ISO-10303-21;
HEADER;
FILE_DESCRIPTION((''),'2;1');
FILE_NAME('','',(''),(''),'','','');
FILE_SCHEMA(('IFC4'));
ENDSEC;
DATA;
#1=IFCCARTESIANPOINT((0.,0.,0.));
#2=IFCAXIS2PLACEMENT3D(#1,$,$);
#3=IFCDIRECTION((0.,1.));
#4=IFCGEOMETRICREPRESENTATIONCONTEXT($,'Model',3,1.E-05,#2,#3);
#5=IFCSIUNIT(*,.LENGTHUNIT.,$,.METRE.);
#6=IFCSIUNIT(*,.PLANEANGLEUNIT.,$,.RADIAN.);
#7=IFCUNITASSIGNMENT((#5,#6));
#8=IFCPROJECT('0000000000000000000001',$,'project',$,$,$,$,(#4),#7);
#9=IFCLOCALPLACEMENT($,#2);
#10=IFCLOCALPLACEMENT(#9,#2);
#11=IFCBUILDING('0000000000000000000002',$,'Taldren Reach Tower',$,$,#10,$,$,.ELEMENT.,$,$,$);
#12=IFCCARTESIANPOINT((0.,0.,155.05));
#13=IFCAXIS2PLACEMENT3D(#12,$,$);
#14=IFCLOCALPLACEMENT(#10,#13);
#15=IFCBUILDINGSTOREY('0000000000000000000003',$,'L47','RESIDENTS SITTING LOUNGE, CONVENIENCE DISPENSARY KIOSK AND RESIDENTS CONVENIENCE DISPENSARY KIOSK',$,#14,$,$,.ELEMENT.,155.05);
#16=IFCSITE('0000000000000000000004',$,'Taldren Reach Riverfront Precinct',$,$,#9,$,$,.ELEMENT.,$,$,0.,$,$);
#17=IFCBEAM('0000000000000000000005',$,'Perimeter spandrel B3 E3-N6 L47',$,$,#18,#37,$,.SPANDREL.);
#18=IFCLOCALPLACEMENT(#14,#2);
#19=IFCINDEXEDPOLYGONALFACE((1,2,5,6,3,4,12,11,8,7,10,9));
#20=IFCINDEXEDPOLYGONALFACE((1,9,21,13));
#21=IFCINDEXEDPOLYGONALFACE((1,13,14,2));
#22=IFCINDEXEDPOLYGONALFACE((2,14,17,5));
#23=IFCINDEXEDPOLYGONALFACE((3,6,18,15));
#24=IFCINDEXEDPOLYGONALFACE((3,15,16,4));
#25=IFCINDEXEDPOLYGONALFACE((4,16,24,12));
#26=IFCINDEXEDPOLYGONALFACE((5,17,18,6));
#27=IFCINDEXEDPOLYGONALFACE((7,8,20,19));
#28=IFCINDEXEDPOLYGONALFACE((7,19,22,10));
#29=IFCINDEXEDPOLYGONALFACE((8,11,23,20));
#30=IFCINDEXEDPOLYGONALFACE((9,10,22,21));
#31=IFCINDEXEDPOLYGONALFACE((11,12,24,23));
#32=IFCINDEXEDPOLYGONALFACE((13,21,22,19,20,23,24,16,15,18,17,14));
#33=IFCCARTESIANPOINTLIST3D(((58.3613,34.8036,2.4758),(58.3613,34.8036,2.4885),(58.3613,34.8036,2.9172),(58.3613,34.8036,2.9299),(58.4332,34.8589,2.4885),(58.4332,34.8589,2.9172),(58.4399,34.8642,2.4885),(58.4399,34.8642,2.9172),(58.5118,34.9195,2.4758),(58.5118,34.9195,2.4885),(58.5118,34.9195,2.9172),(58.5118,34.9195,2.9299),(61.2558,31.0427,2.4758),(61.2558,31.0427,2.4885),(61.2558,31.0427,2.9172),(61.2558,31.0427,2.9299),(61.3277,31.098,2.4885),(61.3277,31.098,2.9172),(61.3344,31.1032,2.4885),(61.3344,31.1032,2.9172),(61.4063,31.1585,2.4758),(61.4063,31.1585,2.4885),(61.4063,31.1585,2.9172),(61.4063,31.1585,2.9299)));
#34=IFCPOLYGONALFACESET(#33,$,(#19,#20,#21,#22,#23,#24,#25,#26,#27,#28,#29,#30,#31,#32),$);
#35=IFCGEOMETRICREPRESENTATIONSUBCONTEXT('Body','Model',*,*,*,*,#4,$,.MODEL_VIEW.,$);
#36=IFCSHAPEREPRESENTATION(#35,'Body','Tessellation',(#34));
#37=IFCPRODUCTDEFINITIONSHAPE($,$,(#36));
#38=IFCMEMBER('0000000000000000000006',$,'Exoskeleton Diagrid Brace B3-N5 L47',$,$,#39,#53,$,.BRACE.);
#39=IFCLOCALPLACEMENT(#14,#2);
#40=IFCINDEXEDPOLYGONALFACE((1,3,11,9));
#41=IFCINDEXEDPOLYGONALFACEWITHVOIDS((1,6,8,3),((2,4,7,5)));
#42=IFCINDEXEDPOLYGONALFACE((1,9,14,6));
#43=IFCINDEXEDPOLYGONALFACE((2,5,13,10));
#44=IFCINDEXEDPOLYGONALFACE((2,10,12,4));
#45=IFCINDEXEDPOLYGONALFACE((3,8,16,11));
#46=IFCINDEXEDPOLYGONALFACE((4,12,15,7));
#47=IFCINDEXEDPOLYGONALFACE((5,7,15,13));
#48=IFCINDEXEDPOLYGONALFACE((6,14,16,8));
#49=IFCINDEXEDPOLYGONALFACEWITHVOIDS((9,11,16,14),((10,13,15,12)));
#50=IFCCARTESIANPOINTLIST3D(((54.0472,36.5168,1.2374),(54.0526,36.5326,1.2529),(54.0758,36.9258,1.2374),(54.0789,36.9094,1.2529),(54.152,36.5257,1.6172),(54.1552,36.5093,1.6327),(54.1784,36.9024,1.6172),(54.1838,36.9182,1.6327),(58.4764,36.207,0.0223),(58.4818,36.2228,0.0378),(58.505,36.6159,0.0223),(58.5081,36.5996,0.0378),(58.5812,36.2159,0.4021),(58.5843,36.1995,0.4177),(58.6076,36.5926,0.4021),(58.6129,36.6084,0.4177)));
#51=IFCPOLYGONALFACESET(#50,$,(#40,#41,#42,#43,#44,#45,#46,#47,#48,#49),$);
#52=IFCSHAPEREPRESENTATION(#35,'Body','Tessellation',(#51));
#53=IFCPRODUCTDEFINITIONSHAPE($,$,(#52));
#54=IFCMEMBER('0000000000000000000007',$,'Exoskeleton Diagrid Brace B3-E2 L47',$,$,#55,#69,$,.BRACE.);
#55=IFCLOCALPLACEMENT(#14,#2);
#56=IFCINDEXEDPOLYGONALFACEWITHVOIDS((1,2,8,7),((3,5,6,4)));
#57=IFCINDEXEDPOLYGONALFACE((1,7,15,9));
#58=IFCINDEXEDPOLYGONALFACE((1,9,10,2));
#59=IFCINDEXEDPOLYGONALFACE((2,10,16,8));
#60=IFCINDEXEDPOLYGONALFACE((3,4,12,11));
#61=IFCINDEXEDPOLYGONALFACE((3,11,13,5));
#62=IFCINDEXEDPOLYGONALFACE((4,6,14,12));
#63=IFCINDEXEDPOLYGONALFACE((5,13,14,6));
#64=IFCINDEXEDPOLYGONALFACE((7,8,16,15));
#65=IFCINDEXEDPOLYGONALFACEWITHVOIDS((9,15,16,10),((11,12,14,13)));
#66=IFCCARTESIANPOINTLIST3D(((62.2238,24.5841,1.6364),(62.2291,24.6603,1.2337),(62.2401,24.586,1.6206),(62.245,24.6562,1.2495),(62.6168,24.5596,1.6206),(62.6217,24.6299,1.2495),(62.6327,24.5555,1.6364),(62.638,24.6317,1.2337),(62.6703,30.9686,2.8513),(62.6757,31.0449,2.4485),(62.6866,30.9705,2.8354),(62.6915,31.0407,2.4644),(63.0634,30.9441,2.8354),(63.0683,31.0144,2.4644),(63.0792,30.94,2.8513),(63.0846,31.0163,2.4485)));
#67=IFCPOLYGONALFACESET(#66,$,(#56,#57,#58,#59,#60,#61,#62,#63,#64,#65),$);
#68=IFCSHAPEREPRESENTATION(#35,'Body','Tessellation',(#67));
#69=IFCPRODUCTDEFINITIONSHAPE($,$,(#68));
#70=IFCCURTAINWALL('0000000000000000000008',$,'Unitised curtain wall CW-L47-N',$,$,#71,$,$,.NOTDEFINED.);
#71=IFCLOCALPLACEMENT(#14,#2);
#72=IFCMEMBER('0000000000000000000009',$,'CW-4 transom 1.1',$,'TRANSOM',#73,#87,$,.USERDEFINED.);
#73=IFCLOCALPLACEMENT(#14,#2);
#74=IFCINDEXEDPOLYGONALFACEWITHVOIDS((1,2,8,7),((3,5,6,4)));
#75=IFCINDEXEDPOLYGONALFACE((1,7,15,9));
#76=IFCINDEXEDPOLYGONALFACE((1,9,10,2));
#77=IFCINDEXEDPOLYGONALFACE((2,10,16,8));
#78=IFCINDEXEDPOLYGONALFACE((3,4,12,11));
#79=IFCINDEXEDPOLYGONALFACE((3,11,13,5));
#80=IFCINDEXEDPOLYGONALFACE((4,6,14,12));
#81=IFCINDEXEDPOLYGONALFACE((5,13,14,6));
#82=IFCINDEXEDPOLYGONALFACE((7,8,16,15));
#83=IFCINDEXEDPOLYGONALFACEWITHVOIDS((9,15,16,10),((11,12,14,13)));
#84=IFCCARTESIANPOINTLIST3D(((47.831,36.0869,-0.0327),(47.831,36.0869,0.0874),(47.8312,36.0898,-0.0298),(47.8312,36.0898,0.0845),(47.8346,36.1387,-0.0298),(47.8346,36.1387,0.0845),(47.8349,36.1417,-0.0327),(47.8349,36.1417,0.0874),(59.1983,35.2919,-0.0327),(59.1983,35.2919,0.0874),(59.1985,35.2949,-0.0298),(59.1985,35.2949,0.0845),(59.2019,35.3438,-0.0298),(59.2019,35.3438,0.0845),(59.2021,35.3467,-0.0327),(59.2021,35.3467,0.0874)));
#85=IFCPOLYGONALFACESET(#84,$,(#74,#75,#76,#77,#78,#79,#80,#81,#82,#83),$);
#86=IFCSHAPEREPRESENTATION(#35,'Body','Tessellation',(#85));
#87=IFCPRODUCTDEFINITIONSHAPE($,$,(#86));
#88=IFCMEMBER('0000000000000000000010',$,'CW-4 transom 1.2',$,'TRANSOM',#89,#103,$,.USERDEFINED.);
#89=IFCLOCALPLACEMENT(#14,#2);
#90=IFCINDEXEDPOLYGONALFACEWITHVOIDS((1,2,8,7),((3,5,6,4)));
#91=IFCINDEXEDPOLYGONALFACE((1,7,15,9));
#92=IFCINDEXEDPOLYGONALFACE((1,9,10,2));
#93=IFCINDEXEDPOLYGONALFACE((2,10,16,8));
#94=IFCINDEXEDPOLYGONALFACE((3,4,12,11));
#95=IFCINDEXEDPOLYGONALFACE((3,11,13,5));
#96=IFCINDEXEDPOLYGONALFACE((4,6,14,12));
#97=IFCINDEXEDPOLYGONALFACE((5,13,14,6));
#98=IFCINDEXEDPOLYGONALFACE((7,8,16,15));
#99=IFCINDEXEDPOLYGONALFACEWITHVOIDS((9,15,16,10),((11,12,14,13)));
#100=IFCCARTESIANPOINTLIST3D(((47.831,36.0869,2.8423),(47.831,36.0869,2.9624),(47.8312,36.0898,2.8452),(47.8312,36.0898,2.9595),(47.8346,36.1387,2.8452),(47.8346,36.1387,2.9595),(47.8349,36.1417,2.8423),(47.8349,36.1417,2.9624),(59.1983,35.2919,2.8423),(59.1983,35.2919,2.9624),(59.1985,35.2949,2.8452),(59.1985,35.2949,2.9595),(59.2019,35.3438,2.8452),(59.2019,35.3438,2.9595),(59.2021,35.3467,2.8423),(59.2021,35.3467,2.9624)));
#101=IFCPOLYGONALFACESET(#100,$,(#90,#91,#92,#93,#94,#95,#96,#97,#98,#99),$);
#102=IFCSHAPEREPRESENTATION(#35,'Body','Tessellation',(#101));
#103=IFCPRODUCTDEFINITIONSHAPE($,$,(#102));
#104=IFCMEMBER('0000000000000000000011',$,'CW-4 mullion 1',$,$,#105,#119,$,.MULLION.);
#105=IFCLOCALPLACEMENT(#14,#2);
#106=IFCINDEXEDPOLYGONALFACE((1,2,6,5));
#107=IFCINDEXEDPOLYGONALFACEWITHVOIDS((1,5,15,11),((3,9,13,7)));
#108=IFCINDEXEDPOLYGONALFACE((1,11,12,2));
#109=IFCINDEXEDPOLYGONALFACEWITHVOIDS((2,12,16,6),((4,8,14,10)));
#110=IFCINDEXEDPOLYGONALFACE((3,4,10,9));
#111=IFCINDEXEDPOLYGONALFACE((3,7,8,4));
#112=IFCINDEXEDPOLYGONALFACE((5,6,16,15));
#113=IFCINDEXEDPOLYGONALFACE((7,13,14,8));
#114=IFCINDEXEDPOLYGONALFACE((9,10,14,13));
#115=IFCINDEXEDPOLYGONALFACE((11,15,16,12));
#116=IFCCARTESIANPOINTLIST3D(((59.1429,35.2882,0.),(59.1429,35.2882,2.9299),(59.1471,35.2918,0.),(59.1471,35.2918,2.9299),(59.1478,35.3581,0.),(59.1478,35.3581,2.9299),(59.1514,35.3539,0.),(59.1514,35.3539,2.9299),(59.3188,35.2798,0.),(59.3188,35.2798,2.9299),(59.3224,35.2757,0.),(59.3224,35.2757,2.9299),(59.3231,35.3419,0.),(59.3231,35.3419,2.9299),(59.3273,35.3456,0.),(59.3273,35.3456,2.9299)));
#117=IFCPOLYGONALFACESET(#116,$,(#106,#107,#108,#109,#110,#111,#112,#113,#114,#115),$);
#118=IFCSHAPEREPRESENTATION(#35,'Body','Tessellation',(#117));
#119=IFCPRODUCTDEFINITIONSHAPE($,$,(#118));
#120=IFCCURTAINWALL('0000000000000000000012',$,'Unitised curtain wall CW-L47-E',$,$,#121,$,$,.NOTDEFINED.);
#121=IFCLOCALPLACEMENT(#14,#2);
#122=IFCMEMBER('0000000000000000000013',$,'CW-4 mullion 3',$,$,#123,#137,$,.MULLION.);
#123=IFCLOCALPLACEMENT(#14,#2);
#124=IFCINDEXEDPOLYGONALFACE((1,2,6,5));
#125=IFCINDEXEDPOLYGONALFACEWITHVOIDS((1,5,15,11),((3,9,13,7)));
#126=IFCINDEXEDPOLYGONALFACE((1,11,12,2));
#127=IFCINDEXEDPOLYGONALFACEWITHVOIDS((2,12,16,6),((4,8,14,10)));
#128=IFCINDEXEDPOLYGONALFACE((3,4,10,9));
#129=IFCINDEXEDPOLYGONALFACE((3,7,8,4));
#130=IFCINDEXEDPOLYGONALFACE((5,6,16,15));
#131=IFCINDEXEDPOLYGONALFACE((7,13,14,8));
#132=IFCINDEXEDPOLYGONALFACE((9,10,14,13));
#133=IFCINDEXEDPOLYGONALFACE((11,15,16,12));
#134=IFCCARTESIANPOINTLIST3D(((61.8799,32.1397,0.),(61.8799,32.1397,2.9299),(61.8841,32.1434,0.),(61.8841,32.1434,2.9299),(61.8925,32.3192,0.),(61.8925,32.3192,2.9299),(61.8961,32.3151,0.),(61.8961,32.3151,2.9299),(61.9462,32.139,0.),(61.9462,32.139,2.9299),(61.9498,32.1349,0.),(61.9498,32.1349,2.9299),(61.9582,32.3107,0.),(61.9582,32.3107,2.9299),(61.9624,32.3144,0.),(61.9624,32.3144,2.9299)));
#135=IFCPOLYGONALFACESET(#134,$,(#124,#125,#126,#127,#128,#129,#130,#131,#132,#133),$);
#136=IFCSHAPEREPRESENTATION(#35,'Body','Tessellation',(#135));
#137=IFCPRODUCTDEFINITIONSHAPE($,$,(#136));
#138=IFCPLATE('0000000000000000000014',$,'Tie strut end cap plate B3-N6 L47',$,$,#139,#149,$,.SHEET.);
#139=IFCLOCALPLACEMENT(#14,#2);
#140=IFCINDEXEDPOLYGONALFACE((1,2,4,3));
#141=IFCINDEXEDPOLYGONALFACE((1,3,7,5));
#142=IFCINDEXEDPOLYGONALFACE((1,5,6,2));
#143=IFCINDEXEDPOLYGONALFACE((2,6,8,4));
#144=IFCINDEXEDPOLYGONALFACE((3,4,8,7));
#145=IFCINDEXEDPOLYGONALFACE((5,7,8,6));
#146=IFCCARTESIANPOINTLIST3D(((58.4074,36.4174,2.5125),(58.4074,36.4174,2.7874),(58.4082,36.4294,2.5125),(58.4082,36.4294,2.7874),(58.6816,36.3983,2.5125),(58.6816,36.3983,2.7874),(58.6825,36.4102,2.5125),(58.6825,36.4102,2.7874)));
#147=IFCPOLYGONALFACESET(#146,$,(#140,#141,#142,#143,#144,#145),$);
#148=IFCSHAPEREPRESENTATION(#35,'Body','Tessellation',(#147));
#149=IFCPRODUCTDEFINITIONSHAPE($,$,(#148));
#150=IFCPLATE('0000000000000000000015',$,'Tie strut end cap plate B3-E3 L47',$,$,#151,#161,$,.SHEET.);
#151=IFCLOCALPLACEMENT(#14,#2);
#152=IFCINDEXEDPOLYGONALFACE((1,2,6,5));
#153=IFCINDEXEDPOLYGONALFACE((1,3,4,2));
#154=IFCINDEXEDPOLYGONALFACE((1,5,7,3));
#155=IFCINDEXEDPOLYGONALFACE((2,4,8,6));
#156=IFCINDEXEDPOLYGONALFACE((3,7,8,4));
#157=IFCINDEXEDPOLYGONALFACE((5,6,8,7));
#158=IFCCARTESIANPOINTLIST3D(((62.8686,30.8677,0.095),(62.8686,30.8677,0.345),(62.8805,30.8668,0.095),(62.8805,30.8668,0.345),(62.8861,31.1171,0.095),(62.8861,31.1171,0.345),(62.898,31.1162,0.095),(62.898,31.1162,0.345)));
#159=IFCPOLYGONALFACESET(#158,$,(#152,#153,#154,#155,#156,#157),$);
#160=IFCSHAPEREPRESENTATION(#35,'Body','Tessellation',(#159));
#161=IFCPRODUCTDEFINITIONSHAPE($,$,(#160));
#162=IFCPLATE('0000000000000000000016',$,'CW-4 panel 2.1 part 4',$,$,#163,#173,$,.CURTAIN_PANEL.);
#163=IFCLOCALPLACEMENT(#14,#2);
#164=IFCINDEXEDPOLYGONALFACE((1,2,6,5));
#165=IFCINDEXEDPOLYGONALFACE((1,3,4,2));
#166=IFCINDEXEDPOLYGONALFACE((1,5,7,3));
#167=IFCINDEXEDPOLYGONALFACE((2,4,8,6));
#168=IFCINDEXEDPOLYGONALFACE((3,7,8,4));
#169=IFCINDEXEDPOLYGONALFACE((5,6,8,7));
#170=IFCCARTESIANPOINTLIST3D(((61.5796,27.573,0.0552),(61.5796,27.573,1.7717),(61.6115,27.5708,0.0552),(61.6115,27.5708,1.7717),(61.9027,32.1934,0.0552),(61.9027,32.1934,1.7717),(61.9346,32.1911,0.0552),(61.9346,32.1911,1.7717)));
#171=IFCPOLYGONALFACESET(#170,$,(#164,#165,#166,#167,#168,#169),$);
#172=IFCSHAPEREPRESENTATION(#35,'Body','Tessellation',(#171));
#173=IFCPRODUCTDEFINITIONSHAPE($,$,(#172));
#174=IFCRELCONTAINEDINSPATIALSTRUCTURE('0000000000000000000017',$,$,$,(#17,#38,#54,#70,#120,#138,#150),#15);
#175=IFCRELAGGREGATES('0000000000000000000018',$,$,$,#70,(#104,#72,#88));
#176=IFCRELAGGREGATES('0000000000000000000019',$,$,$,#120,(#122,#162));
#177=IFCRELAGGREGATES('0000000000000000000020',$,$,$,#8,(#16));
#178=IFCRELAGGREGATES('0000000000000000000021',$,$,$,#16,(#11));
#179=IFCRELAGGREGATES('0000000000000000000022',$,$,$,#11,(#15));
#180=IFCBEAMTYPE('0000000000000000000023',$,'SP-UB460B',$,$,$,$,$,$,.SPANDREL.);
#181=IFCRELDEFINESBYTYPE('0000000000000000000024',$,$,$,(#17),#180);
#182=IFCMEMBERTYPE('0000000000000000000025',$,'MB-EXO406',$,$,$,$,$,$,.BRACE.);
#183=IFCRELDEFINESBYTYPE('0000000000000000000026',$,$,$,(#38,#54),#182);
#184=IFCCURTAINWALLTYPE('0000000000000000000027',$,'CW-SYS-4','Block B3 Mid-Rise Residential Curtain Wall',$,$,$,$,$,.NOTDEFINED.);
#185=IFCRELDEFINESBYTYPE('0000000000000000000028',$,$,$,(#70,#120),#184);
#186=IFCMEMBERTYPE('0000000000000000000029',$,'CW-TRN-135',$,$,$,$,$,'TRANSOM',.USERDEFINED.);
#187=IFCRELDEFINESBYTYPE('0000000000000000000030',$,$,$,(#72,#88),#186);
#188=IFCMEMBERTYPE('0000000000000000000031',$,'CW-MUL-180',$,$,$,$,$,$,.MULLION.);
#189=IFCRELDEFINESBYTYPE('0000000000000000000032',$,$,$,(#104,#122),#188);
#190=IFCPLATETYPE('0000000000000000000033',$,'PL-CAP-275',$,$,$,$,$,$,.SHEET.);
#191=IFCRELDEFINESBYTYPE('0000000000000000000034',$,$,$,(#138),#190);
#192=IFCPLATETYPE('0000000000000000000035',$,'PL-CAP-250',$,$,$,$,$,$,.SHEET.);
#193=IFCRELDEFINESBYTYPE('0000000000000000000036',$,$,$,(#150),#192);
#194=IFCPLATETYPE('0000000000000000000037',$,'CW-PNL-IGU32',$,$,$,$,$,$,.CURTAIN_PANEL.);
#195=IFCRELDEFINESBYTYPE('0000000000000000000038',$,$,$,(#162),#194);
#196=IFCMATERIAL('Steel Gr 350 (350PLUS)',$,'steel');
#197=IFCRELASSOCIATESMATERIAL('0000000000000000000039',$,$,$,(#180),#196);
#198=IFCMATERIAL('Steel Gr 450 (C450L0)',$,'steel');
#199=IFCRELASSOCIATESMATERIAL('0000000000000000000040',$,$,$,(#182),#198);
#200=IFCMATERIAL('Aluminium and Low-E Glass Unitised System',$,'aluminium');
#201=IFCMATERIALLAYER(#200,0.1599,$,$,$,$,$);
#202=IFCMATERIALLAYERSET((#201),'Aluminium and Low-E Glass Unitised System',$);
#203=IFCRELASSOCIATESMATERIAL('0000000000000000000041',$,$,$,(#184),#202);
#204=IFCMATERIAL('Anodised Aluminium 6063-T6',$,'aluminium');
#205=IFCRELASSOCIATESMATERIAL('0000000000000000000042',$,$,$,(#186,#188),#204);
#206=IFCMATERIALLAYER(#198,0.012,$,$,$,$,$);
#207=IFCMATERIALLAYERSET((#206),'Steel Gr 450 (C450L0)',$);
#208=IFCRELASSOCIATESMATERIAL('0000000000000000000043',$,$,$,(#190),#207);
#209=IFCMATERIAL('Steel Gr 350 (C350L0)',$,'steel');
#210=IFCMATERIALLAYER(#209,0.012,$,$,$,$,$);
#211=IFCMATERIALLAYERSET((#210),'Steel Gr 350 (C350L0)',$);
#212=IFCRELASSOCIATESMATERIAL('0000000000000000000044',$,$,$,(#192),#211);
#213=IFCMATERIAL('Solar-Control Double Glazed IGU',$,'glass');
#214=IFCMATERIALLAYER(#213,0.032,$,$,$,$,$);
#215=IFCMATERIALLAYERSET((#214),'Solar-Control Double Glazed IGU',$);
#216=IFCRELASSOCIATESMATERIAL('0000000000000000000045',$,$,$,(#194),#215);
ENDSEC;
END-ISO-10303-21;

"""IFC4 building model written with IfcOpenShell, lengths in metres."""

from ifc_helpers import new_model, si_unit, direction, frame, origin, origin_2d, place, context, subcontext, project, spatial, rectangle, hollow_rectangle, i_section, extrude, source, transform, mapped, material, layer, layer_set, material_profile, profile_set, type_object, element, aggregate, save


model = new_model("IFC4")

# Units and contexts
model_context = context("Model", 3, precision=1e-05, world=origin(), true_north=direction((0.0, 1.0)))
body_context = subcontext(model_context, "Body", "Model", "MODEL_VIEW")
ifc_project = project(units=[si_unit("LENGTHUNIT", "METRE"), si_unit("PLANEANGLEUNIT", "RADIAN")], contexts=[model_context])

# Site, building, storey
site_placement = place(None, origin())
site = spatial("IfcSite", under=ifc_project, at=site_placement, Name="Taldren Reach Riverfront Precinct", CompositionType="ELEMENT", RefElevation=0.0)
building_placement = place(site_placement, origin())
building = spatial("IfcBuilding", under=site, at=building_placement, Name="Taldren Reach Tower", CompositionType="ELEMENT")
storey_placement = place(building_placement, frame((0.0, 0.0, 155.05)))
storey = spatial("IfcBuildingStorey", under=building, at=storey_placement, Name="L47", Description="RESIDENTS SITTING LOUNGE, CONVENIENCE DISPENSARY KIOSK AND RESIDENTS CONVENIENCE DISPENSARY KIOSK", CompositionType="ELEMENT", Elevation=155.05)

# Shared definitions
ifc_material_1 = material(Name="Steel Gr 450 (C450L0)", Category="steel")
ifc_material_2 = material(Name="Steel Gr 350 (350PLUS)", Category="steel")

# Shared definitions
ifc_material_3 = material(Name="Steel Gr 350 (C350L0)", Category="steel")

# Beam
ifc_material_profile_1 = material_profile(ifc_material_2, i_section(OverallWidth=0.1899, OverallDepth=0.4541, WebThickness=0.0085, FlangeThickness=0.0127, at=origin_2d()), Name="460UB67.1")
ifc_profile_set_1 = profile_set([ifc_material_profile_1], Name="Steel Gr 350 (350PLUS)")
beam_type = type_object("IfcBeamType", Name="SP-UB460B", PredefinedType="SPANDREL", material=ifc_profile_set_1)
shared_shape_1 = source(origin(), body_context, "Body", "SweptSolid", [
    extrude(i_section(OverallWidth=0.1899, OverallDepth=0.4541, WebThickness=0.0085, FlangeThickness=0.0127, at=origin_2d()), origin(), (0.0, 0.0, 1.0), 4.7458),
])
beam_1_placement = place(storey_placement, frame((61.3311, 31.1006, 2.7029), z_axis=(-0.609905, 0.792475, 0.0), x_axis=(-0.792475, -0.609905, 0.0)))
element("IfcBeam", 1, at=beam_1_placement, inside=storey, type_object=beam_type, Name="Perimeter spandrel B3 E3-N6 L47", PredefinedType="SPANDREL", context=body_context, shape_type="MappedRepresentation", body=[
    mapped(shared_shape_1, transform((0.0, 0.0, 0.0), scale=1.0)),
])

# Members
ifc_material_profile_2 = material_profile(ifc_material_1, hollow_rectangle(XDim=0.4099, YDim=0.4099, WallThickness=0.0161, at=origin_2d()), Name="410x410x16.0SHS")
ifc_profile_set_2 = profile_set([ifc_material_profile_2], Name="Steel Gr 450 (C450L0)")
member_type_1 = type_object("IfcMemberType", Name="MB-EXO406", PredefinedType="BRACE", material=ifc_profile_set_2)
shared_shape_2 = source(origin(), body_context, "Body", "SweptSolid", [
    extrude(hollow_rectangle(XDim=0.4099, YDim=0.4099, WallThickness=0.0161, at=origin_2d()), origin(), (0.0, 0.0, 1.0), 4.6033),
])
member_1_placement = place(storey_placement, frame((58.5447, 36.4077, 0.22), z_axis=(-0.962182, 0.067303, 0.263961), x_axis=(-0.069778, -0.997563, 0.0)))
element("IfcMember", 2, at=member_1_placement, inside=storey, type_object=member_type_1, Name="Exoskeleton Diagrid Brace B3-N5 L47", PredefinedType="BRACE", context=body_context, shape_type="MappedRepresentation", body=[
    mapped(shared_shape_2, transform((0.0, 0.0, 0.0), scale=1.0)),
])
shared_shape_3 = source(origin(), body_context, "Body", "SweptSolid", [
    extrude(hollow_rectangle(XDim=0.4099, YDim=0.4099, WallThickness=0.0161, at=origin_2d()), origin(), (0.0, 0.0, 1.0), 6.5144),
])
member_2_placement = place(storey_placement, frame((62.4309, 24.6079, 1.4351), z_axis=(0.068546, 0.980063, 0.186486), x_axis=(-0.997563, 0.06977, 0.0)))
element("IfcMember", 3, at=member_2_placement, inside=storey, type_object=member_type_1, Name="Exoskeleton Diagrid Brace B3-E2 L47", PredefinedType="BRACE", context=body_context, shape_type="MappedRepresentation", body=[
    mapped(shared_shape_3, transform((0.0, 0.0, 0.0), scale=1.0)),
])

# Curtain wall, members
ifc_material_4 = material(Name="Aluminium and Low-E Glass Unitised System", Category="aluminium")
ifc_layer_1 = layer(ifc_material_4, 0.1599)
ifc_layer_set_1 = layer_set([ifc_layer_1], Name="Aluminium and Low-E Glass Unitised System")
curtain_wall_type = type_object("IfcCurtainWallType", Name="CW-SYS-4", Description="Block B3 Mid-Rise Residential Curtain Wall", PredefinedType="NOTDEFINED", material=ifc_layer_set_1)
curtain_wall_1_placement = place(storey_placement, origin())
curtain_wall_1 = element("IfcCurtainWall", 4, at=curtain_wall_1_placement, inside=storey, type_object=curtain_wall_type, Name="Unitised curtain wall CW-L47-N", PredefinedType="NOTDEFINED")
ifc_material_5 = material(Name="Anodised Aluminium 6063-T6", Category="aluminium")
ifc_material_profile_3 = material_profile(ifc_material_5, hollow_rectangle(XDim=0.0549, YDim=0.1201, WallThickness=0.0029, at=origin_2d()), Name="ALU-120x55x3RHS")
ifc_profile_set_3 = profile_set([ifc_material_profile_3], Name="Anodised Aluminium 6063-T6")
member_type_2 = type_object("IfcMemberType", Name="CW-TRN-135", ElementType="TRANSOM", PredefinedType="USERDEFINED", material=ifc_profile_set_3)
shared_shape_4 = source(origin(), body_context, "Body", "SweptSolid", [
    extrude(hollow_rectangle(XDim=0.0549, YDim=0.1201, WallThickness=0.0029, at=origin_2d()), origin(), (0.0, 0.0, 1.0), 11.395),
])
member_3_placement = place(storey_placement, frame((59.2002, 35.3193, 0.0273), z_axis=(-0.997564, 0.069761, 0.0), x_axis=(-0.069761, -0.997564, 0.0)))
member_3 = element("IfcMember", 5, at=member_3_placement, type_object=member_type_2, Name="CW-4 transom 1.1", ObjectType="TRANSOM", PredefinedType="USERDEFINED", context=body_context, shape_type="MappedRepresentation", body=[
    mapped(shared_shape_4, transform((0.0, 0.0, 0.0), scale=1.0)),
])
member_4_placement = place(storey_placement, frame((59.2002, 35.3193, 2.9023), z_axis=(-0.997564, 0.069761, 0.0), x_axis=(-0.069761, -0.997564, 0.0)))
member_4 = element("IfcMember", 6, at=member_4_placement, type_object=member_type_2, Name="CW-4 transom 1.2", ObjectType="TRANSOM", PredefinedType="USERDEFINED", context=body_context, shape_type="MappedRepresentation", body=[
    mapped(shared_shape_4, transform((0.0, 0.0, 0.0), scale=1.0)),
])
ifc_material_profile_4 = material_profile(ifc_material_5, hollow_rectangle(XDim=0.0701, YDim=0.1799, WallThickness=0.0039, at=origin_2d()), Name="ALU-180x70x4RHS")
ifc_profile_set_4 = profile_set([ifc_material_profile_4], Name="Anodised Aluminium 6063-T6")
member_type_3 = type_object("IfcMemberType", Name="CW-MUL-180", PredefinedType="MULLION", material=ifc_profile_set_4)
shared_shape_5 = source(origin(), body_context, "Body", "SweptSolid", [
    extrude(hollow_rectangle(XDim=0.0701, YDim=0.1799, WallThickness=0.0039, at=origin_2d()), origin(), (0.0, 0.0, 1.0), 2.9299),
])
member_5_placement = place(storey_placement, frame((59.2351, 35.3169, 0.0), z_axis=(0.0, 0.0, 1.0), x_axis=(-0.069757, -0.997564, 0.0)))
member_5 = element("IfcMember", 7, at=member_5_placement, type_object=member_type_3, Name="CW-4 mullion 1", PredefinedType="MULLION", context=body_context, shape_type="MappedRepresentation", body=[
    mapped(shared_shape_5, transform((0.0, 0.0, 0.0), scale=1.0)),
])
aggregate(curtain_wall_1, [member_5, member_3, member_4])

# Curtain wall, member
curtain_wall_2_placement = place(storey_placement, origin())
curtain_wall_2 = element("IfcCurtainWall", 8, at=curtain_wall_2_placement, inside=storey, type_object=curtain_wall_type, Name="Unitised curtain wall CW-L47-E", PredefinedType="NOTDEFINED")
member_6_placement = place(storey_placement, frame((61.9211, 32.2271, 0.0), z_axis=(0.0, 0.0, 1.0), x_axis=(-0.997564, 0.069756, 0.0)))
member_6 = element("IfcMember", 9, at=member_6_placement, type_object=member_type_3, Name="CW-4 mullion 3", PredefinedType="MULLION", context=body_context, shape_type="MappedRepresentation", body=[
    mapped(shared_shape_5, transform((0.0, 0.0, 0.0), scale=1.0)),
])

# Plates
ifc_layer_2 = layer(ifc_material_1, 0.012)
ifc_layer_set_2 = layer_set([ifc_layer_2], Name="Steel Gr 450 (C450L0)")
plate_type_1 = type_object("IfcPlateType", Name="PL-CAP-275", PredefinedType="SHEET", material=ifc_layer_set_2)
shared_shape_6 = source(origin(), body_context, "Body", "SweptSolid", [
    extrude(rectangle(XDim=0.2749, YDim=0.012, at=origin_2d()), origin(), (0.0, 0.0, 1.0), 0.2749),
])
plate_1_placement = place(storey_placement, frame((58.5449, 36.4138, 2.5125), z_axis=(0.0, 0.0, 1.0), x_axis=(0.997564, -0.069756, 0.0)))
element("IfcPlate", 10, at=plate_1_placement, inside=storey, type_object=plate_type_1, Name="Tie strut end cap plate B3-N6 L47", PredefinedType="SHEET", context=body_context, shape_type="MappedRepresentation", body=[
    mapped(shared_shape_6, transform((0.0, 0.0, 0.0), scale=1.0)),
])
ifc_layer_3 = layer(ifc_material_3, 0.012)
ifc_layer_set_3 = layer_set([ifc_layer_3], Name="Steel Gr 350 (C350L0)")
plate_type_2 = type_object("IfcPlateType", Name="PL-CAP-250", PredefinedType="SHEET", material=ifc_layer_set_3)
shared_shape_7 = source(origin(), body_context, "Body", "SweptSolid", [
    extrude(rectangle(XDim=0.012, YDim=0.25, at=origin_2d()), origin(), (0.0, 0.0, 1.0), 0.25),
])
plate_2_placement = place(storey_placement, frame((62.8833, 30.9919, 0.095), z_axis=(0.0, 0.0, 1.0), x_axis=(0.997564, -0.069756, 0.0)))
element("IfcPlate", 11, at=plate_2_placement, inside=storey, type_object=plate_type_2, Name="Tie strut end cap plate B3-E3 L47", PredefinedType="SHEET", context=body_context, shape_type="MappedRepresentation", body=[
    mapped(shared_shape_7, transform((0.0, 0.0, 0.0), scale=1.0)),
])

# Plate
ifc_material_6 = material(Name="Solar-Control Double Glazed IGU", Category="glass")
ifc_layer_4 = layer(ifc_material_6, 0.032)
ifc_layer_set_4 = layer_set([ifc_layer_4], Name="Solar-Control Double Glazed IGU")
plate_type_3 = type_object("IfcPlateType", Name="CW-PNL-IGU32", PredefinedType="CURTAIN_PANEL", material=ifc_layer_set_4)
shared_shape_8 = source(origin(), body_context, "Body", "SweptSolid", [
    extrude(rectangle(XDim=4.6316, YDim=0.032, at=origin_2d()), origin(), (0.0, 0.0, 1.0), 1.7166),
])
plate_3_placement = place(storey_placement, frame((61.7571, 29.8821, 0.0552), z_axis=(0.0, 0.0, 1.0), x_axis=(0.069756, 0.997564, 0.0)))
plate_3 = element("IfcPlate", 12, at=plate_3_placement, type_object=plate_type_3, Name="CW-4 panel 2.1 part 4", PredefinedType="CURTAIN_PANEL", context=body_context, shape_type="MappedRepresentation", body=[
    mapped(shared_shape_8, transform((0.0, 0.0, 0.0), scale=1.0)),
])
aggregate(curtain_wall_2, [member_6, plate_3])

save(model, "model.ifc")
